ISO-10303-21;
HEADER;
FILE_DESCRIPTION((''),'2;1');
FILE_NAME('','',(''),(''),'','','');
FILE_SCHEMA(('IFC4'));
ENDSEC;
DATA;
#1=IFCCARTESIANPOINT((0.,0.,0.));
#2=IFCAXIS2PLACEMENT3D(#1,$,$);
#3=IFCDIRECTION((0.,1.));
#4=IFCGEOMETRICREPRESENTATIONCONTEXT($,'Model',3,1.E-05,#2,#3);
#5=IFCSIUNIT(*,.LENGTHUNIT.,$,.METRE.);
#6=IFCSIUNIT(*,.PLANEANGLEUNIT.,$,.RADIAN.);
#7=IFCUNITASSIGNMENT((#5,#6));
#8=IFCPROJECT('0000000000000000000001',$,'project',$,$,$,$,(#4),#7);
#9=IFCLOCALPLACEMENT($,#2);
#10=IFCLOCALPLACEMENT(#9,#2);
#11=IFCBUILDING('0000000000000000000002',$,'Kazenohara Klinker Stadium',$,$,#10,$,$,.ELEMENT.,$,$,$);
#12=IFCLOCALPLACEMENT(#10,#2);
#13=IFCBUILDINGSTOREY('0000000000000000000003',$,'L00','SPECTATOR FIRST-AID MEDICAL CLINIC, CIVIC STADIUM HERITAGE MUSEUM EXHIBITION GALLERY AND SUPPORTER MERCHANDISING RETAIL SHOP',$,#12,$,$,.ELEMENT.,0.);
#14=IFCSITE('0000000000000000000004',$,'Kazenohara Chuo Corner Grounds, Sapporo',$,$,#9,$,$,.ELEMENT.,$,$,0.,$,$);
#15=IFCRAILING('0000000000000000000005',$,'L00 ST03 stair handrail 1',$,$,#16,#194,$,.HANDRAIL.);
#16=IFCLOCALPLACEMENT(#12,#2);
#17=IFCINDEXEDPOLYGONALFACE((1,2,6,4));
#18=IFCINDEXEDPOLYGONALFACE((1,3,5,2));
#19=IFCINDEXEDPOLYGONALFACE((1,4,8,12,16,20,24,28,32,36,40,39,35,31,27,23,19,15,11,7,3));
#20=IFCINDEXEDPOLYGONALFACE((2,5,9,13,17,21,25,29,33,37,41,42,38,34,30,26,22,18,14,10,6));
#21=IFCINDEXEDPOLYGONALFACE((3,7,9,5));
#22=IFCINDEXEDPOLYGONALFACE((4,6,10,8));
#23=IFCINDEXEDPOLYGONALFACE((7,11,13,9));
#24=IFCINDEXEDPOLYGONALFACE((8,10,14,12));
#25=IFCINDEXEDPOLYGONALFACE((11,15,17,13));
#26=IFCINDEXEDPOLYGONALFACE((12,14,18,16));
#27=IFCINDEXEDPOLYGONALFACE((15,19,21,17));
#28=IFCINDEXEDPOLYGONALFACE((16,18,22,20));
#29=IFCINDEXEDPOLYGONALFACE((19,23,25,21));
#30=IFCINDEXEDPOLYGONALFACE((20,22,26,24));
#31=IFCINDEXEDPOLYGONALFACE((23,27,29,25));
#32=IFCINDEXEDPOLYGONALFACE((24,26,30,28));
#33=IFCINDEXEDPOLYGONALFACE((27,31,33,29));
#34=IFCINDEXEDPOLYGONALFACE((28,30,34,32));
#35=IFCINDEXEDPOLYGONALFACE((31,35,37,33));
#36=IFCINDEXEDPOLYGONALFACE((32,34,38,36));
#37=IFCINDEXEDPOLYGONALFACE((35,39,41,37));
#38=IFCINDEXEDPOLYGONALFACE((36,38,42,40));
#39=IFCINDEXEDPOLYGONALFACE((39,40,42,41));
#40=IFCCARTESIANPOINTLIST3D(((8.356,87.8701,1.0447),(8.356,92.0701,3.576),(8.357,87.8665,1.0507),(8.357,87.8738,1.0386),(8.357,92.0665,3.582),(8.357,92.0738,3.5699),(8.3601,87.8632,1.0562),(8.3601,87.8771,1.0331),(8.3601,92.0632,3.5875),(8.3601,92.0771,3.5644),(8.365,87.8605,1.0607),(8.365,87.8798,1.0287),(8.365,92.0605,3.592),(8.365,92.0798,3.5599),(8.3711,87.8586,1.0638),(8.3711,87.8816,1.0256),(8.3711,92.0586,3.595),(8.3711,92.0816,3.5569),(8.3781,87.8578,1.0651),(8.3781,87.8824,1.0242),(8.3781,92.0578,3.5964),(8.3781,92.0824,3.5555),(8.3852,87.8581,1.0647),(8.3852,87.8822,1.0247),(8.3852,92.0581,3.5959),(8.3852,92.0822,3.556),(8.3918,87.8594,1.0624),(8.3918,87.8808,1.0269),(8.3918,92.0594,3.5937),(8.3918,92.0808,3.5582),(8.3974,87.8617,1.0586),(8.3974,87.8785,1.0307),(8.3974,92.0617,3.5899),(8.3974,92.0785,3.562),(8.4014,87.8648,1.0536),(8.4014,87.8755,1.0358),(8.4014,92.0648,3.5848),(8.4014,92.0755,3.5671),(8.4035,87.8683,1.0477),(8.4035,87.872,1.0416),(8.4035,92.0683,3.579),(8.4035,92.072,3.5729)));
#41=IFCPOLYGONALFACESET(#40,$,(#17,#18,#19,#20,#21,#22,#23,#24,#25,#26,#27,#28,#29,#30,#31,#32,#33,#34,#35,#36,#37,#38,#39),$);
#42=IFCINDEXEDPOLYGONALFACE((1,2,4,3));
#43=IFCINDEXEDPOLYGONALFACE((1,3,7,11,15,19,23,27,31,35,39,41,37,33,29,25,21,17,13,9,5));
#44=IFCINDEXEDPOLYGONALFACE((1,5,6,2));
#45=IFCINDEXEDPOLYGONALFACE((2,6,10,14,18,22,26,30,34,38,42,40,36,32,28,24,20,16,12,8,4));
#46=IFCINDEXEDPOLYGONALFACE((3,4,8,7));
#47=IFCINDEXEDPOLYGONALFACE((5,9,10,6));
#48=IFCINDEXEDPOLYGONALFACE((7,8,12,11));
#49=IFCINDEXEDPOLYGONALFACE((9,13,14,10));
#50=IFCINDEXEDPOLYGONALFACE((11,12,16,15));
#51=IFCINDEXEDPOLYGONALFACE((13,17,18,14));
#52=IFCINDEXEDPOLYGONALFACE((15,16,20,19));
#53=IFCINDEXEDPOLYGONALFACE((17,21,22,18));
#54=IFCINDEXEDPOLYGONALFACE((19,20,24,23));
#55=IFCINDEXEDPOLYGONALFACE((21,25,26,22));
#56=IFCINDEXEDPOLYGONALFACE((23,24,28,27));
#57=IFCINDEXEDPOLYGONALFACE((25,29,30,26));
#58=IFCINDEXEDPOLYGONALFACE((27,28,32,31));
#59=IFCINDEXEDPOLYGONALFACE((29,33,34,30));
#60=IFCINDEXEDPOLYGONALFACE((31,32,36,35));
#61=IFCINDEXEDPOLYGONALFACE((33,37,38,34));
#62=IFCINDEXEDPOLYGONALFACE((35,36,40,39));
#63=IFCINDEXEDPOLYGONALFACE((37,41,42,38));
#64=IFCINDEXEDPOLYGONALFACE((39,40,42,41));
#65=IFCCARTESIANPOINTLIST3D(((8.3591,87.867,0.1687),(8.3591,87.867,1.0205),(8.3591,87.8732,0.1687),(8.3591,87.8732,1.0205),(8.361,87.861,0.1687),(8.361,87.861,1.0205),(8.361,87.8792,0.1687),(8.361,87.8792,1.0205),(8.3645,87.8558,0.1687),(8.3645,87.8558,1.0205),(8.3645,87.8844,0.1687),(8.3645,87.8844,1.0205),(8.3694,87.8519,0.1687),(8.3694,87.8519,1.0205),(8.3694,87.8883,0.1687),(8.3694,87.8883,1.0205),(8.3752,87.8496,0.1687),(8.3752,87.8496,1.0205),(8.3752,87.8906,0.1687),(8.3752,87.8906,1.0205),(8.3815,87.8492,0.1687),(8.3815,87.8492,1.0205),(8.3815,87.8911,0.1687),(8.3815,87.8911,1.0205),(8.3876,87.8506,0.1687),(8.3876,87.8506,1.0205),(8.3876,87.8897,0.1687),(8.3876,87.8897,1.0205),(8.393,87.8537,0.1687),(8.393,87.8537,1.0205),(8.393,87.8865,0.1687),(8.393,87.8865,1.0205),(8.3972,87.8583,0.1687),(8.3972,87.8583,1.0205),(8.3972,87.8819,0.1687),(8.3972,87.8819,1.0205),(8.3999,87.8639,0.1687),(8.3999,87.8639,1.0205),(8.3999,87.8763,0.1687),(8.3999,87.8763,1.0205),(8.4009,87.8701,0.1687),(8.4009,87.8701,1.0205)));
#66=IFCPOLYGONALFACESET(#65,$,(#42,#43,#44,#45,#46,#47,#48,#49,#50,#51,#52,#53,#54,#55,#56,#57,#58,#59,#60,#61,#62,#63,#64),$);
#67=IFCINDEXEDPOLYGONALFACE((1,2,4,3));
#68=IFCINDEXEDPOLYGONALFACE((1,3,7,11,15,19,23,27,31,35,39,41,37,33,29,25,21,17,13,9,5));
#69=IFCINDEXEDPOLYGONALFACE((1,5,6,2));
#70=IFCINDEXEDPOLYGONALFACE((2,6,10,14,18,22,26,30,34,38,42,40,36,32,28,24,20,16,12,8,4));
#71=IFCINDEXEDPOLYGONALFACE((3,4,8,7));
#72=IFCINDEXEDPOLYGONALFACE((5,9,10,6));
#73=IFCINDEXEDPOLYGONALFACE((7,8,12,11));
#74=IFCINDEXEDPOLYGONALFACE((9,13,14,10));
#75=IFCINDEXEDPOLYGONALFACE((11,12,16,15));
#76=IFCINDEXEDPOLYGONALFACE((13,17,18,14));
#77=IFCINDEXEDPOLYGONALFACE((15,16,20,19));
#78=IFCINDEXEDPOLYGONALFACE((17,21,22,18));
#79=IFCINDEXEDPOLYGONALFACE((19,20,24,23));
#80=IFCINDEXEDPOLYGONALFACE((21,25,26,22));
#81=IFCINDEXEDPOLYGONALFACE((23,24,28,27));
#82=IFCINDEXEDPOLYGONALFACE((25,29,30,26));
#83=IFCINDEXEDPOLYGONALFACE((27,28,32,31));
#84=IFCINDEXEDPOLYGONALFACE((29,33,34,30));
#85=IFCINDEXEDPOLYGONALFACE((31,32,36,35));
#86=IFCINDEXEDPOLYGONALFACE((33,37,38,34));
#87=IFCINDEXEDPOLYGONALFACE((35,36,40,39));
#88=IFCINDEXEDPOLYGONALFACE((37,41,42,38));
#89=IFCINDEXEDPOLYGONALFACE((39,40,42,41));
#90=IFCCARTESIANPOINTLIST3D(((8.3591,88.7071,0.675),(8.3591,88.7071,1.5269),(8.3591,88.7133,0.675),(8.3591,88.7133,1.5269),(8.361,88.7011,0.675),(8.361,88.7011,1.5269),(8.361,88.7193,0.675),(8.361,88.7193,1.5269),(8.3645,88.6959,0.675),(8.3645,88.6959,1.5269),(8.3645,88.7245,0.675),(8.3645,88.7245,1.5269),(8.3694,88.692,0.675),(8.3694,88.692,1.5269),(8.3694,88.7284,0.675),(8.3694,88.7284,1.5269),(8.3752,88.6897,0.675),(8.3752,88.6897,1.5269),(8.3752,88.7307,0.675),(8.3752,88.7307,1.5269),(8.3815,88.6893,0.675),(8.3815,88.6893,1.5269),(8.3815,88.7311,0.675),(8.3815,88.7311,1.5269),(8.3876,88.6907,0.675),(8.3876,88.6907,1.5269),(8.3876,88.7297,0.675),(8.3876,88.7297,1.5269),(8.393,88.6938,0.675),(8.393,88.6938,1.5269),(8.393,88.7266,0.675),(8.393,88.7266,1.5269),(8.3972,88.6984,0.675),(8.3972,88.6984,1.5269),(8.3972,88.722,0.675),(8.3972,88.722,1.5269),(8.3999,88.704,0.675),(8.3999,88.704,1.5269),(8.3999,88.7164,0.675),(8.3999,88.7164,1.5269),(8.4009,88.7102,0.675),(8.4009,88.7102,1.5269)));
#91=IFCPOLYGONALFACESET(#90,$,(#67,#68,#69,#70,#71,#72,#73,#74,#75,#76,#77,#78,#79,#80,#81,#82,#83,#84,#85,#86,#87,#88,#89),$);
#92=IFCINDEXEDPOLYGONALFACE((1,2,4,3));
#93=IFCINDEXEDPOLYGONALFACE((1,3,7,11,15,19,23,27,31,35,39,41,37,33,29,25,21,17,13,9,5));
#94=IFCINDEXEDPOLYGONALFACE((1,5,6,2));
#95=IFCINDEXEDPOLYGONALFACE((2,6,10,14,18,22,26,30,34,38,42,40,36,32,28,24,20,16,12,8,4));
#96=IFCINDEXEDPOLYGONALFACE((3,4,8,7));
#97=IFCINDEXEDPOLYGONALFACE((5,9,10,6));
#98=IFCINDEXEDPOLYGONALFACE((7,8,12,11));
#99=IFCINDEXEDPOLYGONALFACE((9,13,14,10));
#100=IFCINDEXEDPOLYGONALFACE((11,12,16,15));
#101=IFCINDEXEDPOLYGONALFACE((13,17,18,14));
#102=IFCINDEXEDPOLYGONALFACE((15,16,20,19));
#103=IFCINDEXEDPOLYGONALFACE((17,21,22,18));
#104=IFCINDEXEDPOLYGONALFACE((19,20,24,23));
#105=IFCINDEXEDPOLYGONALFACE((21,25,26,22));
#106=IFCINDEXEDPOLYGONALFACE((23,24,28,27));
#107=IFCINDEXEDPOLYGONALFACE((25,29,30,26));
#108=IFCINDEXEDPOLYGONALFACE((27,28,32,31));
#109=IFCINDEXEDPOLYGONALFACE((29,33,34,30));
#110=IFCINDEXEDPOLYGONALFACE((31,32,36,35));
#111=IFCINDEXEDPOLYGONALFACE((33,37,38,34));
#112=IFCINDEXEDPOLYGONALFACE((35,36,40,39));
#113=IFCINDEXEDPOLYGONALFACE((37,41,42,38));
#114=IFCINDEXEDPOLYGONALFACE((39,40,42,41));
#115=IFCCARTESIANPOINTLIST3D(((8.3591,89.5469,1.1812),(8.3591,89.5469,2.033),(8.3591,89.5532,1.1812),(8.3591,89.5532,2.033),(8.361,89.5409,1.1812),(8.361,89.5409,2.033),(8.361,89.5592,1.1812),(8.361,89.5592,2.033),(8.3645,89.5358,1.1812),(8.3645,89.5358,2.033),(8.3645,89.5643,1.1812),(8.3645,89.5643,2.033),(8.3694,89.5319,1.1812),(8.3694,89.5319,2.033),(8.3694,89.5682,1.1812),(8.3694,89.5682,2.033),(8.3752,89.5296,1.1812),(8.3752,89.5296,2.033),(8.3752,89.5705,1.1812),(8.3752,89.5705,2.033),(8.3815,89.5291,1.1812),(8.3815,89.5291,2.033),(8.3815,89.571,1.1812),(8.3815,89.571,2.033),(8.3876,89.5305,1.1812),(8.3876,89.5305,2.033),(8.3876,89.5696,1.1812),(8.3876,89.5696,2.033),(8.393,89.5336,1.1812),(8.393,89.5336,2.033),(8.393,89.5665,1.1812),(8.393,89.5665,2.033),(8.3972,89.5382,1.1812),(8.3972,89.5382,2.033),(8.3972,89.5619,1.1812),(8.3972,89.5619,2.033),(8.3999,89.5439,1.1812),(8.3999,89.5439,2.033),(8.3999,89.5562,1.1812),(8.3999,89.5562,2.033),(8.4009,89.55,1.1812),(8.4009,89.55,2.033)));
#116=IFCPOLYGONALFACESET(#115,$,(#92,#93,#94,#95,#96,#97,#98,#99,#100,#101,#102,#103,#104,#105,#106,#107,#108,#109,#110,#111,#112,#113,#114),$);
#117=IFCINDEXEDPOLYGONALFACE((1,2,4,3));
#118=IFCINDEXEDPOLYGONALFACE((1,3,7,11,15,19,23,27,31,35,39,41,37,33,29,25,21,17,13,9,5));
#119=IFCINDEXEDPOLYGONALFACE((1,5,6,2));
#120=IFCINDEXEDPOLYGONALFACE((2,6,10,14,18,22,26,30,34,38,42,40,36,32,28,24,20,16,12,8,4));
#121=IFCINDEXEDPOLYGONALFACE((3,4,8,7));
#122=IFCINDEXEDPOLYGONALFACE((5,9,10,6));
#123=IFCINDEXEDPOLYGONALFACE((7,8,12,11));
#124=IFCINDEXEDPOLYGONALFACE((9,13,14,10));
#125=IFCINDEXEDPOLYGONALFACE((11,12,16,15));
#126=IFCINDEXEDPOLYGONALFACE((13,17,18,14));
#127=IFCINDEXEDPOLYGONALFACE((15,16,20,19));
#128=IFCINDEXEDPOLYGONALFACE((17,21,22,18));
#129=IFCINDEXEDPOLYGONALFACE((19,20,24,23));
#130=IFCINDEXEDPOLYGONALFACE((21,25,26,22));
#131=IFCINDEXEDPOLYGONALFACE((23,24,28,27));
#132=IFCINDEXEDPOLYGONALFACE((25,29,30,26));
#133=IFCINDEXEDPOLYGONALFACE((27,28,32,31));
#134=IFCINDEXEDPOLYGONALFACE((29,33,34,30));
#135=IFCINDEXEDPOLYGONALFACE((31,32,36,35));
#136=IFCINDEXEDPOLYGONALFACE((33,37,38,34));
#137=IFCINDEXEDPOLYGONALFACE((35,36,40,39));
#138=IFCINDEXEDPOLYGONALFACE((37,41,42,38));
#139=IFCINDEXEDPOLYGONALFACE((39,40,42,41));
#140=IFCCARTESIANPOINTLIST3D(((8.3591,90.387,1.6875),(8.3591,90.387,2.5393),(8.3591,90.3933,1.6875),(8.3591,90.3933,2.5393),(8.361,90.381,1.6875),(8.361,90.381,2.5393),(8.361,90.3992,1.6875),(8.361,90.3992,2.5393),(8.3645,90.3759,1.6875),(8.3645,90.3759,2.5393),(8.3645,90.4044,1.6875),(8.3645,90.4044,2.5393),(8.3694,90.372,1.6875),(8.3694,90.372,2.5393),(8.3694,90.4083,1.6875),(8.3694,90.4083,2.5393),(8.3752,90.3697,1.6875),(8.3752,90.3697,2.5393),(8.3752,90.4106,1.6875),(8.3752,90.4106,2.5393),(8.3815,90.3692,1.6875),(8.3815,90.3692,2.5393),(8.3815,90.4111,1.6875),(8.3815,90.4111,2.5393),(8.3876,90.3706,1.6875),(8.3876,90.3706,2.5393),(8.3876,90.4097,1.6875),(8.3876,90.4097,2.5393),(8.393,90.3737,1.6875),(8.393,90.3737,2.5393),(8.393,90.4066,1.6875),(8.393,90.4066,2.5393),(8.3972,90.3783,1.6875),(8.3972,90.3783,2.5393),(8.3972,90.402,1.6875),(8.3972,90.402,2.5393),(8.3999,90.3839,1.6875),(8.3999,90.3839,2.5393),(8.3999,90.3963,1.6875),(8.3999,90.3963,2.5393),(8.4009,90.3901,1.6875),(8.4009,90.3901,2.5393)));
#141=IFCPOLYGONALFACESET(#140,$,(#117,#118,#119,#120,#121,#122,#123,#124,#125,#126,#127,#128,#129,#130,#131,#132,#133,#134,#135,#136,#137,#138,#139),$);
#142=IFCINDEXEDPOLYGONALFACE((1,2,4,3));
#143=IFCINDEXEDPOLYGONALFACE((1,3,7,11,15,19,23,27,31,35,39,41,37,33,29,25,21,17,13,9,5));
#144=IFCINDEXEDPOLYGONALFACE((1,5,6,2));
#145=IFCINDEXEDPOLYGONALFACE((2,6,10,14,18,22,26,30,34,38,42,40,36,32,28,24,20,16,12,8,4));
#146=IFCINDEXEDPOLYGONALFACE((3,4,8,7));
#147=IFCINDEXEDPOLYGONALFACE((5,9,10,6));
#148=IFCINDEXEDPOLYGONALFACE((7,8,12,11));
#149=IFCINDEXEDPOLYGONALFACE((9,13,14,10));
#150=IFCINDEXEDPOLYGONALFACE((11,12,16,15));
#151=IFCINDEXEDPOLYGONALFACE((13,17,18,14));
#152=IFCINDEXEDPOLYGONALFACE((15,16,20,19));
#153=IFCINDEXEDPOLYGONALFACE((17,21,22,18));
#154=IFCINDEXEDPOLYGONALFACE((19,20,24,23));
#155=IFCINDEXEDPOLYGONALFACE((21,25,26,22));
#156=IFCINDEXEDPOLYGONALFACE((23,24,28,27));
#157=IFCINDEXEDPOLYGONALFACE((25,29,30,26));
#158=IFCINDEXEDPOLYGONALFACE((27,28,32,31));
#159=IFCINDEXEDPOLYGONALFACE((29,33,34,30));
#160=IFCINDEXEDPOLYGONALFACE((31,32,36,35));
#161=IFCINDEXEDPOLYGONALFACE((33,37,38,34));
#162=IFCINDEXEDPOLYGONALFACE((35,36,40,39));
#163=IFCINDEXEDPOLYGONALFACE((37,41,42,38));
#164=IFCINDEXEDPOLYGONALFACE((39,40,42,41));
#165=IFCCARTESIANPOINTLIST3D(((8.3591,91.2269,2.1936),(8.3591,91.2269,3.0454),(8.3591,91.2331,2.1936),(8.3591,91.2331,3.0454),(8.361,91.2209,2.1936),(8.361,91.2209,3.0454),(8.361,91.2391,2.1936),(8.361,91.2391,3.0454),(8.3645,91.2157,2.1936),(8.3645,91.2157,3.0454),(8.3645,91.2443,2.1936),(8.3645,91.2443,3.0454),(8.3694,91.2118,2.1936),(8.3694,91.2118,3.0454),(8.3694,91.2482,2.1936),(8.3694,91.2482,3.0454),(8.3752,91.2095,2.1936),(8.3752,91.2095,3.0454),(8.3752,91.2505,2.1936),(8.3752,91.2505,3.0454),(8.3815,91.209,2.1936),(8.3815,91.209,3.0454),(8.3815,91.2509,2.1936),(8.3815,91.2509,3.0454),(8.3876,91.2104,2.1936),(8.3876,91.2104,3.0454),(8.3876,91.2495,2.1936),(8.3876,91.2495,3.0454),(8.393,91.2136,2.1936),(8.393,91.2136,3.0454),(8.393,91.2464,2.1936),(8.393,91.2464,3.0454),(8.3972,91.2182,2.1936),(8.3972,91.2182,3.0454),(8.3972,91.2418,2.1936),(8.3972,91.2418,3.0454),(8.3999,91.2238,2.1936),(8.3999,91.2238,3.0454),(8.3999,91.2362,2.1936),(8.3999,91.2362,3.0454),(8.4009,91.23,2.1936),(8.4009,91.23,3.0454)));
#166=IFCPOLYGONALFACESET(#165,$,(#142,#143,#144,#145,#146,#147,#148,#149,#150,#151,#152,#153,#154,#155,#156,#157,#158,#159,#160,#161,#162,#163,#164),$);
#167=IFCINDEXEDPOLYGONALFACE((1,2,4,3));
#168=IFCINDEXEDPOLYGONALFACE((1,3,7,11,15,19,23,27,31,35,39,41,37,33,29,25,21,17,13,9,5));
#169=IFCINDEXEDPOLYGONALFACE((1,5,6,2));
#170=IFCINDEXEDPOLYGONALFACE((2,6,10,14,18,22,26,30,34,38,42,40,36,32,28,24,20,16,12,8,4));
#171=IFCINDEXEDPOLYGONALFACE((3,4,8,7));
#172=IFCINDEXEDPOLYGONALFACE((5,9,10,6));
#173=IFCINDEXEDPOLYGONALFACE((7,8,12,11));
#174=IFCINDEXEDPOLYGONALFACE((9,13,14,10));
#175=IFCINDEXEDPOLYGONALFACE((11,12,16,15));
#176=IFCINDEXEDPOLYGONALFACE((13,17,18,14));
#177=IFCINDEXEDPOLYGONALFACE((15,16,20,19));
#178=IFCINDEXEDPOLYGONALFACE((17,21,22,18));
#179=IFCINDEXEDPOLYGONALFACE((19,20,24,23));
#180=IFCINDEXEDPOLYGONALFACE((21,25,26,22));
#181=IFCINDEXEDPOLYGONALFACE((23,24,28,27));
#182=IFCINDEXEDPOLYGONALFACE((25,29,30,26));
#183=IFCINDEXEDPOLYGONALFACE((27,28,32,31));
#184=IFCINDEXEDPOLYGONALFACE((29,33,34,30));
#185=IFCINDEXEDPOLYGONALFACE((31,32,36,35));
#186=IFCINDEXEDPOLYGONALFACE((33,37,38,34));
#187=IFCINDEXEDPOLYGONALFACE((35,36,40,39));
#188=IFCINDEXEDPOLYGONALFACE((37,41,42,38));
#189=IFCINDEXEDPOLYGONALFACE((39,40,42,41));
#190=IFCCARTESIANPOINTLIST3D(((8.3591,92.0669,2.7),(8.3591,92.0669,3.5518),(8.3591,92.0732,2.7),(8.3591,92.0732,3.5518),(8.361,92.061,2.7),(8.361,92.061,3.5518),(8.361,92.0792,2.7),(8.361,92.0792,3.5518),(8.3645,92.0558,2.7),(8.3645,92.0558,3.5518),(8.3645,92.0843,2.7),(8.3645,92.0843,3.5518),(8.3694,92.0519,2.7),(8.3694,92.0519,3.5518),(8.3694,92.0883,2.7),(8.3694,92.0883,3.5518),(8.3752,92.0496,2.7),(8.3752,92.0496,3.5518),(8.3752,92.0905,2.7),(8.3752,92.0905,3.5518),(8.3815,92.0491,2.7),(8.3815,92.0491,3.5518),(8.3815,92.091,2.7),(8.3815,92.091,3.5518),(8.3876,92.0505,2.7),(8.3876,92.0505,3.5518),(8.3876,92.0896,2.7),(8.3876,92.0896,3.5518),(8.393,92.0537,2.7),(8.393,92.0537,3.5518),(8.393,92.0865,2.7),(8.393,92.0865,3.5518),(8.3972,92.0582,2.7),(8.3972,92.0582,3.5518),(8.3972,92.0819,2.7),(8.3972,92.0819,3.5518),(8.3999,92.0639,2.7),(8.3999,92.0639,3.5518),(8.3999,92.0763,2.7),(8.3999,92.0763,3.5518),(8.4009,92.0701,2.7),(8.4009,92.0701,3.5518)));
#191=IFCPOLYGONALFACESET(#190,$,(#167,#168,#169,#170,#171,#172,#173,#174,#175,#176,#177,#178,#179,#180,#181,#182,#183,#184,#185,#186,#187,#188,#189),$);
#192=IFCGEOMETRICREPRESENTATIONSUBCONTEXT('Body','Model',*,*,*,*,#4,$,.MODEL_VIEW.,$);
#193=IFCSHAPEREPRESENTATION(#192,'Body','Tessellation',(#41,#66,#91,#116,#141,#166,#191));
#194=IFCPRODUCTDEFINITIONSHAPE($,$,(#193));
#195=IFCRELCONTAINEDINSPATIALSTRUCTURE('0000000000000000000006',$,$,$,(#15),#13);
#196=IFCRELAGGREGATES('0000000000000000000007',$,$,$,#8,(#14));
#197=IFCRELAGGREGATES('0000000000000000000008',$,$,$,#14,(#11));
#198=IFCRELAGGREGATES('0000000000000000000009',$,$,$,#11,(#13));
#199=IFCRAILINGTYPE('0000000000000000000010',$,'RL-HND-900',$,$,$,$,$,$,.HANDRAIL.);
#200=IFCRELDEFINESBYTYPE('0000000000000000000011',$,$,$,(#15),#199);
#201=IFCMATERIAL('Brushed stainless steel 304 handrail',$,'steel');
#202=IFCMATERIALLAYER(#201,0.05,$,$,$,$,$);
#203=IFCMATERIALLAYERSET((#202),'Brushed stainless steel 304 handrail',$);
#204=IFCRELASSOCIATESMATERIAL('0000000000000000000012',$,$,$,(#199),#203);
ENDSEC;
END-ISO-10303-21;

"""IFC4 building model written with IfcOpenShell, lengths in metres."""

from ifc_helpers import new_model, si_unit, direction, frame, origin, origin_2d, place, context, subcontext, project, spatial, circle, extrude, material, layer, layer_set, type_object, element, save


model = new_model("IFC4")

# Units and contexts
model_context = context("Model", 3, precision=1e-05, world=origin(), true_north=direction((0.0, 1.0)))
body_context = subcontext(model_context, "Body", "Model", "MODEL_VIEW")
ifc_project = project(units=[si_unit("LENGTHUNIT", "METRE"), si_unit("PLANEANGLEUNIT", "RADIAN")], contexts=[model_context])

# Site, building, storey
site_placement = place(None, origin())
site = spatial("IfcSite", under=ifc_project, at=site_placement, Name="Kazenohara Chuo Corner Grounds, Sapporo", CompositionType="ELEMENT", RefElevation=0.0)
building_placement = place(site_placement, origin())
building = spatial("IfcBuilding", under=site, at=building_placement, Name="Kazenohara Klinker Stadium", CompositionType="ELEMENT")
storey_placement = place(building_placement, origin())
storey = spatial("IfcBuildingStorey", under=building, at=storey_placement, Name="L00", Description="SPECTATOR FIRST-AID MEDICAL CLINIC, CIVIC STADIUM HERITAGE MUSEUM EXHIBITION GALLERY AND SUPPORTER MERCHANDISING RETAIL SHOP", CompositionType="ELEMENT", Elevation=0.0)

# Railing
ifc_material_1 = material(Name="Brushed stainless steel 304 handrail", Category="steel")
ifc_layer_1 = layer(ifc_material_1, 0.05)
ifc_layer_set_1 = layer_set([ifc_layer_1], Name="Brushed stainless steel 304 handrail")
railing_type_1 = type_object("IfcRailingType", Name="RL-HND-900", PredefinedType="HANDRAIL", material=ifc_layer_set_1)
railing_1_placement = place(storey_placement, frame((8.3799, 87.8701, 0.1687)))
element("IfcRailing", 1, at=railing_1_placement, inside=storey, type_object=railing_type_1, Name="L00 ST03 stair handrail 1", PredefinedType="HANDRAIL", context=body_context, shape_type="SweptSolid", body=[
    extrude(circle(Radius=0.0239, at=origin_2d()), frame((0.0, 0.0, 0.876), z_axis=(0.0, 0.856476, 0.516186), x_axis=(-1.0, 0.0, 0.0)), (0.0, 0.0, 1.0), 4.9038),
    extrude(circle(Radius=0.021, at=origin_2d()), origin(), (0.0, 0.0, 1.0), 0.8518),
    extrude(circle(Radius=0.021, at=origin_2d()), frame((0.0, 0.8401, 0.5063)), (0.0, 0.0, 1.0), 0.8518),
    extrude(circle(Radius=0.021, at=origin_2d()), frame((0.0, 1.6799, 1.0125)), (0.0, 0.0, 1.0), 0.8518),
    extrude(circle(Radius=0.021, at=origin_2d()), frame((0.0, 2.52, 1.5188)), (0.0, 0.0, 1.0), 0.8518),
    extrude(circle(Radius=0.021, at=origin_2d()), frame((0.0, 3.3599, 2.0249)), (0.0, 0.0, 1.0), 0.8518),
    extrude(circle(Radius=0.021, at=origin_2d()), frame((0.0, 4.2, 2.5312)), (0.0, 0.0, 1.0), 0.8518),
])

save(model, "model.ifc")
